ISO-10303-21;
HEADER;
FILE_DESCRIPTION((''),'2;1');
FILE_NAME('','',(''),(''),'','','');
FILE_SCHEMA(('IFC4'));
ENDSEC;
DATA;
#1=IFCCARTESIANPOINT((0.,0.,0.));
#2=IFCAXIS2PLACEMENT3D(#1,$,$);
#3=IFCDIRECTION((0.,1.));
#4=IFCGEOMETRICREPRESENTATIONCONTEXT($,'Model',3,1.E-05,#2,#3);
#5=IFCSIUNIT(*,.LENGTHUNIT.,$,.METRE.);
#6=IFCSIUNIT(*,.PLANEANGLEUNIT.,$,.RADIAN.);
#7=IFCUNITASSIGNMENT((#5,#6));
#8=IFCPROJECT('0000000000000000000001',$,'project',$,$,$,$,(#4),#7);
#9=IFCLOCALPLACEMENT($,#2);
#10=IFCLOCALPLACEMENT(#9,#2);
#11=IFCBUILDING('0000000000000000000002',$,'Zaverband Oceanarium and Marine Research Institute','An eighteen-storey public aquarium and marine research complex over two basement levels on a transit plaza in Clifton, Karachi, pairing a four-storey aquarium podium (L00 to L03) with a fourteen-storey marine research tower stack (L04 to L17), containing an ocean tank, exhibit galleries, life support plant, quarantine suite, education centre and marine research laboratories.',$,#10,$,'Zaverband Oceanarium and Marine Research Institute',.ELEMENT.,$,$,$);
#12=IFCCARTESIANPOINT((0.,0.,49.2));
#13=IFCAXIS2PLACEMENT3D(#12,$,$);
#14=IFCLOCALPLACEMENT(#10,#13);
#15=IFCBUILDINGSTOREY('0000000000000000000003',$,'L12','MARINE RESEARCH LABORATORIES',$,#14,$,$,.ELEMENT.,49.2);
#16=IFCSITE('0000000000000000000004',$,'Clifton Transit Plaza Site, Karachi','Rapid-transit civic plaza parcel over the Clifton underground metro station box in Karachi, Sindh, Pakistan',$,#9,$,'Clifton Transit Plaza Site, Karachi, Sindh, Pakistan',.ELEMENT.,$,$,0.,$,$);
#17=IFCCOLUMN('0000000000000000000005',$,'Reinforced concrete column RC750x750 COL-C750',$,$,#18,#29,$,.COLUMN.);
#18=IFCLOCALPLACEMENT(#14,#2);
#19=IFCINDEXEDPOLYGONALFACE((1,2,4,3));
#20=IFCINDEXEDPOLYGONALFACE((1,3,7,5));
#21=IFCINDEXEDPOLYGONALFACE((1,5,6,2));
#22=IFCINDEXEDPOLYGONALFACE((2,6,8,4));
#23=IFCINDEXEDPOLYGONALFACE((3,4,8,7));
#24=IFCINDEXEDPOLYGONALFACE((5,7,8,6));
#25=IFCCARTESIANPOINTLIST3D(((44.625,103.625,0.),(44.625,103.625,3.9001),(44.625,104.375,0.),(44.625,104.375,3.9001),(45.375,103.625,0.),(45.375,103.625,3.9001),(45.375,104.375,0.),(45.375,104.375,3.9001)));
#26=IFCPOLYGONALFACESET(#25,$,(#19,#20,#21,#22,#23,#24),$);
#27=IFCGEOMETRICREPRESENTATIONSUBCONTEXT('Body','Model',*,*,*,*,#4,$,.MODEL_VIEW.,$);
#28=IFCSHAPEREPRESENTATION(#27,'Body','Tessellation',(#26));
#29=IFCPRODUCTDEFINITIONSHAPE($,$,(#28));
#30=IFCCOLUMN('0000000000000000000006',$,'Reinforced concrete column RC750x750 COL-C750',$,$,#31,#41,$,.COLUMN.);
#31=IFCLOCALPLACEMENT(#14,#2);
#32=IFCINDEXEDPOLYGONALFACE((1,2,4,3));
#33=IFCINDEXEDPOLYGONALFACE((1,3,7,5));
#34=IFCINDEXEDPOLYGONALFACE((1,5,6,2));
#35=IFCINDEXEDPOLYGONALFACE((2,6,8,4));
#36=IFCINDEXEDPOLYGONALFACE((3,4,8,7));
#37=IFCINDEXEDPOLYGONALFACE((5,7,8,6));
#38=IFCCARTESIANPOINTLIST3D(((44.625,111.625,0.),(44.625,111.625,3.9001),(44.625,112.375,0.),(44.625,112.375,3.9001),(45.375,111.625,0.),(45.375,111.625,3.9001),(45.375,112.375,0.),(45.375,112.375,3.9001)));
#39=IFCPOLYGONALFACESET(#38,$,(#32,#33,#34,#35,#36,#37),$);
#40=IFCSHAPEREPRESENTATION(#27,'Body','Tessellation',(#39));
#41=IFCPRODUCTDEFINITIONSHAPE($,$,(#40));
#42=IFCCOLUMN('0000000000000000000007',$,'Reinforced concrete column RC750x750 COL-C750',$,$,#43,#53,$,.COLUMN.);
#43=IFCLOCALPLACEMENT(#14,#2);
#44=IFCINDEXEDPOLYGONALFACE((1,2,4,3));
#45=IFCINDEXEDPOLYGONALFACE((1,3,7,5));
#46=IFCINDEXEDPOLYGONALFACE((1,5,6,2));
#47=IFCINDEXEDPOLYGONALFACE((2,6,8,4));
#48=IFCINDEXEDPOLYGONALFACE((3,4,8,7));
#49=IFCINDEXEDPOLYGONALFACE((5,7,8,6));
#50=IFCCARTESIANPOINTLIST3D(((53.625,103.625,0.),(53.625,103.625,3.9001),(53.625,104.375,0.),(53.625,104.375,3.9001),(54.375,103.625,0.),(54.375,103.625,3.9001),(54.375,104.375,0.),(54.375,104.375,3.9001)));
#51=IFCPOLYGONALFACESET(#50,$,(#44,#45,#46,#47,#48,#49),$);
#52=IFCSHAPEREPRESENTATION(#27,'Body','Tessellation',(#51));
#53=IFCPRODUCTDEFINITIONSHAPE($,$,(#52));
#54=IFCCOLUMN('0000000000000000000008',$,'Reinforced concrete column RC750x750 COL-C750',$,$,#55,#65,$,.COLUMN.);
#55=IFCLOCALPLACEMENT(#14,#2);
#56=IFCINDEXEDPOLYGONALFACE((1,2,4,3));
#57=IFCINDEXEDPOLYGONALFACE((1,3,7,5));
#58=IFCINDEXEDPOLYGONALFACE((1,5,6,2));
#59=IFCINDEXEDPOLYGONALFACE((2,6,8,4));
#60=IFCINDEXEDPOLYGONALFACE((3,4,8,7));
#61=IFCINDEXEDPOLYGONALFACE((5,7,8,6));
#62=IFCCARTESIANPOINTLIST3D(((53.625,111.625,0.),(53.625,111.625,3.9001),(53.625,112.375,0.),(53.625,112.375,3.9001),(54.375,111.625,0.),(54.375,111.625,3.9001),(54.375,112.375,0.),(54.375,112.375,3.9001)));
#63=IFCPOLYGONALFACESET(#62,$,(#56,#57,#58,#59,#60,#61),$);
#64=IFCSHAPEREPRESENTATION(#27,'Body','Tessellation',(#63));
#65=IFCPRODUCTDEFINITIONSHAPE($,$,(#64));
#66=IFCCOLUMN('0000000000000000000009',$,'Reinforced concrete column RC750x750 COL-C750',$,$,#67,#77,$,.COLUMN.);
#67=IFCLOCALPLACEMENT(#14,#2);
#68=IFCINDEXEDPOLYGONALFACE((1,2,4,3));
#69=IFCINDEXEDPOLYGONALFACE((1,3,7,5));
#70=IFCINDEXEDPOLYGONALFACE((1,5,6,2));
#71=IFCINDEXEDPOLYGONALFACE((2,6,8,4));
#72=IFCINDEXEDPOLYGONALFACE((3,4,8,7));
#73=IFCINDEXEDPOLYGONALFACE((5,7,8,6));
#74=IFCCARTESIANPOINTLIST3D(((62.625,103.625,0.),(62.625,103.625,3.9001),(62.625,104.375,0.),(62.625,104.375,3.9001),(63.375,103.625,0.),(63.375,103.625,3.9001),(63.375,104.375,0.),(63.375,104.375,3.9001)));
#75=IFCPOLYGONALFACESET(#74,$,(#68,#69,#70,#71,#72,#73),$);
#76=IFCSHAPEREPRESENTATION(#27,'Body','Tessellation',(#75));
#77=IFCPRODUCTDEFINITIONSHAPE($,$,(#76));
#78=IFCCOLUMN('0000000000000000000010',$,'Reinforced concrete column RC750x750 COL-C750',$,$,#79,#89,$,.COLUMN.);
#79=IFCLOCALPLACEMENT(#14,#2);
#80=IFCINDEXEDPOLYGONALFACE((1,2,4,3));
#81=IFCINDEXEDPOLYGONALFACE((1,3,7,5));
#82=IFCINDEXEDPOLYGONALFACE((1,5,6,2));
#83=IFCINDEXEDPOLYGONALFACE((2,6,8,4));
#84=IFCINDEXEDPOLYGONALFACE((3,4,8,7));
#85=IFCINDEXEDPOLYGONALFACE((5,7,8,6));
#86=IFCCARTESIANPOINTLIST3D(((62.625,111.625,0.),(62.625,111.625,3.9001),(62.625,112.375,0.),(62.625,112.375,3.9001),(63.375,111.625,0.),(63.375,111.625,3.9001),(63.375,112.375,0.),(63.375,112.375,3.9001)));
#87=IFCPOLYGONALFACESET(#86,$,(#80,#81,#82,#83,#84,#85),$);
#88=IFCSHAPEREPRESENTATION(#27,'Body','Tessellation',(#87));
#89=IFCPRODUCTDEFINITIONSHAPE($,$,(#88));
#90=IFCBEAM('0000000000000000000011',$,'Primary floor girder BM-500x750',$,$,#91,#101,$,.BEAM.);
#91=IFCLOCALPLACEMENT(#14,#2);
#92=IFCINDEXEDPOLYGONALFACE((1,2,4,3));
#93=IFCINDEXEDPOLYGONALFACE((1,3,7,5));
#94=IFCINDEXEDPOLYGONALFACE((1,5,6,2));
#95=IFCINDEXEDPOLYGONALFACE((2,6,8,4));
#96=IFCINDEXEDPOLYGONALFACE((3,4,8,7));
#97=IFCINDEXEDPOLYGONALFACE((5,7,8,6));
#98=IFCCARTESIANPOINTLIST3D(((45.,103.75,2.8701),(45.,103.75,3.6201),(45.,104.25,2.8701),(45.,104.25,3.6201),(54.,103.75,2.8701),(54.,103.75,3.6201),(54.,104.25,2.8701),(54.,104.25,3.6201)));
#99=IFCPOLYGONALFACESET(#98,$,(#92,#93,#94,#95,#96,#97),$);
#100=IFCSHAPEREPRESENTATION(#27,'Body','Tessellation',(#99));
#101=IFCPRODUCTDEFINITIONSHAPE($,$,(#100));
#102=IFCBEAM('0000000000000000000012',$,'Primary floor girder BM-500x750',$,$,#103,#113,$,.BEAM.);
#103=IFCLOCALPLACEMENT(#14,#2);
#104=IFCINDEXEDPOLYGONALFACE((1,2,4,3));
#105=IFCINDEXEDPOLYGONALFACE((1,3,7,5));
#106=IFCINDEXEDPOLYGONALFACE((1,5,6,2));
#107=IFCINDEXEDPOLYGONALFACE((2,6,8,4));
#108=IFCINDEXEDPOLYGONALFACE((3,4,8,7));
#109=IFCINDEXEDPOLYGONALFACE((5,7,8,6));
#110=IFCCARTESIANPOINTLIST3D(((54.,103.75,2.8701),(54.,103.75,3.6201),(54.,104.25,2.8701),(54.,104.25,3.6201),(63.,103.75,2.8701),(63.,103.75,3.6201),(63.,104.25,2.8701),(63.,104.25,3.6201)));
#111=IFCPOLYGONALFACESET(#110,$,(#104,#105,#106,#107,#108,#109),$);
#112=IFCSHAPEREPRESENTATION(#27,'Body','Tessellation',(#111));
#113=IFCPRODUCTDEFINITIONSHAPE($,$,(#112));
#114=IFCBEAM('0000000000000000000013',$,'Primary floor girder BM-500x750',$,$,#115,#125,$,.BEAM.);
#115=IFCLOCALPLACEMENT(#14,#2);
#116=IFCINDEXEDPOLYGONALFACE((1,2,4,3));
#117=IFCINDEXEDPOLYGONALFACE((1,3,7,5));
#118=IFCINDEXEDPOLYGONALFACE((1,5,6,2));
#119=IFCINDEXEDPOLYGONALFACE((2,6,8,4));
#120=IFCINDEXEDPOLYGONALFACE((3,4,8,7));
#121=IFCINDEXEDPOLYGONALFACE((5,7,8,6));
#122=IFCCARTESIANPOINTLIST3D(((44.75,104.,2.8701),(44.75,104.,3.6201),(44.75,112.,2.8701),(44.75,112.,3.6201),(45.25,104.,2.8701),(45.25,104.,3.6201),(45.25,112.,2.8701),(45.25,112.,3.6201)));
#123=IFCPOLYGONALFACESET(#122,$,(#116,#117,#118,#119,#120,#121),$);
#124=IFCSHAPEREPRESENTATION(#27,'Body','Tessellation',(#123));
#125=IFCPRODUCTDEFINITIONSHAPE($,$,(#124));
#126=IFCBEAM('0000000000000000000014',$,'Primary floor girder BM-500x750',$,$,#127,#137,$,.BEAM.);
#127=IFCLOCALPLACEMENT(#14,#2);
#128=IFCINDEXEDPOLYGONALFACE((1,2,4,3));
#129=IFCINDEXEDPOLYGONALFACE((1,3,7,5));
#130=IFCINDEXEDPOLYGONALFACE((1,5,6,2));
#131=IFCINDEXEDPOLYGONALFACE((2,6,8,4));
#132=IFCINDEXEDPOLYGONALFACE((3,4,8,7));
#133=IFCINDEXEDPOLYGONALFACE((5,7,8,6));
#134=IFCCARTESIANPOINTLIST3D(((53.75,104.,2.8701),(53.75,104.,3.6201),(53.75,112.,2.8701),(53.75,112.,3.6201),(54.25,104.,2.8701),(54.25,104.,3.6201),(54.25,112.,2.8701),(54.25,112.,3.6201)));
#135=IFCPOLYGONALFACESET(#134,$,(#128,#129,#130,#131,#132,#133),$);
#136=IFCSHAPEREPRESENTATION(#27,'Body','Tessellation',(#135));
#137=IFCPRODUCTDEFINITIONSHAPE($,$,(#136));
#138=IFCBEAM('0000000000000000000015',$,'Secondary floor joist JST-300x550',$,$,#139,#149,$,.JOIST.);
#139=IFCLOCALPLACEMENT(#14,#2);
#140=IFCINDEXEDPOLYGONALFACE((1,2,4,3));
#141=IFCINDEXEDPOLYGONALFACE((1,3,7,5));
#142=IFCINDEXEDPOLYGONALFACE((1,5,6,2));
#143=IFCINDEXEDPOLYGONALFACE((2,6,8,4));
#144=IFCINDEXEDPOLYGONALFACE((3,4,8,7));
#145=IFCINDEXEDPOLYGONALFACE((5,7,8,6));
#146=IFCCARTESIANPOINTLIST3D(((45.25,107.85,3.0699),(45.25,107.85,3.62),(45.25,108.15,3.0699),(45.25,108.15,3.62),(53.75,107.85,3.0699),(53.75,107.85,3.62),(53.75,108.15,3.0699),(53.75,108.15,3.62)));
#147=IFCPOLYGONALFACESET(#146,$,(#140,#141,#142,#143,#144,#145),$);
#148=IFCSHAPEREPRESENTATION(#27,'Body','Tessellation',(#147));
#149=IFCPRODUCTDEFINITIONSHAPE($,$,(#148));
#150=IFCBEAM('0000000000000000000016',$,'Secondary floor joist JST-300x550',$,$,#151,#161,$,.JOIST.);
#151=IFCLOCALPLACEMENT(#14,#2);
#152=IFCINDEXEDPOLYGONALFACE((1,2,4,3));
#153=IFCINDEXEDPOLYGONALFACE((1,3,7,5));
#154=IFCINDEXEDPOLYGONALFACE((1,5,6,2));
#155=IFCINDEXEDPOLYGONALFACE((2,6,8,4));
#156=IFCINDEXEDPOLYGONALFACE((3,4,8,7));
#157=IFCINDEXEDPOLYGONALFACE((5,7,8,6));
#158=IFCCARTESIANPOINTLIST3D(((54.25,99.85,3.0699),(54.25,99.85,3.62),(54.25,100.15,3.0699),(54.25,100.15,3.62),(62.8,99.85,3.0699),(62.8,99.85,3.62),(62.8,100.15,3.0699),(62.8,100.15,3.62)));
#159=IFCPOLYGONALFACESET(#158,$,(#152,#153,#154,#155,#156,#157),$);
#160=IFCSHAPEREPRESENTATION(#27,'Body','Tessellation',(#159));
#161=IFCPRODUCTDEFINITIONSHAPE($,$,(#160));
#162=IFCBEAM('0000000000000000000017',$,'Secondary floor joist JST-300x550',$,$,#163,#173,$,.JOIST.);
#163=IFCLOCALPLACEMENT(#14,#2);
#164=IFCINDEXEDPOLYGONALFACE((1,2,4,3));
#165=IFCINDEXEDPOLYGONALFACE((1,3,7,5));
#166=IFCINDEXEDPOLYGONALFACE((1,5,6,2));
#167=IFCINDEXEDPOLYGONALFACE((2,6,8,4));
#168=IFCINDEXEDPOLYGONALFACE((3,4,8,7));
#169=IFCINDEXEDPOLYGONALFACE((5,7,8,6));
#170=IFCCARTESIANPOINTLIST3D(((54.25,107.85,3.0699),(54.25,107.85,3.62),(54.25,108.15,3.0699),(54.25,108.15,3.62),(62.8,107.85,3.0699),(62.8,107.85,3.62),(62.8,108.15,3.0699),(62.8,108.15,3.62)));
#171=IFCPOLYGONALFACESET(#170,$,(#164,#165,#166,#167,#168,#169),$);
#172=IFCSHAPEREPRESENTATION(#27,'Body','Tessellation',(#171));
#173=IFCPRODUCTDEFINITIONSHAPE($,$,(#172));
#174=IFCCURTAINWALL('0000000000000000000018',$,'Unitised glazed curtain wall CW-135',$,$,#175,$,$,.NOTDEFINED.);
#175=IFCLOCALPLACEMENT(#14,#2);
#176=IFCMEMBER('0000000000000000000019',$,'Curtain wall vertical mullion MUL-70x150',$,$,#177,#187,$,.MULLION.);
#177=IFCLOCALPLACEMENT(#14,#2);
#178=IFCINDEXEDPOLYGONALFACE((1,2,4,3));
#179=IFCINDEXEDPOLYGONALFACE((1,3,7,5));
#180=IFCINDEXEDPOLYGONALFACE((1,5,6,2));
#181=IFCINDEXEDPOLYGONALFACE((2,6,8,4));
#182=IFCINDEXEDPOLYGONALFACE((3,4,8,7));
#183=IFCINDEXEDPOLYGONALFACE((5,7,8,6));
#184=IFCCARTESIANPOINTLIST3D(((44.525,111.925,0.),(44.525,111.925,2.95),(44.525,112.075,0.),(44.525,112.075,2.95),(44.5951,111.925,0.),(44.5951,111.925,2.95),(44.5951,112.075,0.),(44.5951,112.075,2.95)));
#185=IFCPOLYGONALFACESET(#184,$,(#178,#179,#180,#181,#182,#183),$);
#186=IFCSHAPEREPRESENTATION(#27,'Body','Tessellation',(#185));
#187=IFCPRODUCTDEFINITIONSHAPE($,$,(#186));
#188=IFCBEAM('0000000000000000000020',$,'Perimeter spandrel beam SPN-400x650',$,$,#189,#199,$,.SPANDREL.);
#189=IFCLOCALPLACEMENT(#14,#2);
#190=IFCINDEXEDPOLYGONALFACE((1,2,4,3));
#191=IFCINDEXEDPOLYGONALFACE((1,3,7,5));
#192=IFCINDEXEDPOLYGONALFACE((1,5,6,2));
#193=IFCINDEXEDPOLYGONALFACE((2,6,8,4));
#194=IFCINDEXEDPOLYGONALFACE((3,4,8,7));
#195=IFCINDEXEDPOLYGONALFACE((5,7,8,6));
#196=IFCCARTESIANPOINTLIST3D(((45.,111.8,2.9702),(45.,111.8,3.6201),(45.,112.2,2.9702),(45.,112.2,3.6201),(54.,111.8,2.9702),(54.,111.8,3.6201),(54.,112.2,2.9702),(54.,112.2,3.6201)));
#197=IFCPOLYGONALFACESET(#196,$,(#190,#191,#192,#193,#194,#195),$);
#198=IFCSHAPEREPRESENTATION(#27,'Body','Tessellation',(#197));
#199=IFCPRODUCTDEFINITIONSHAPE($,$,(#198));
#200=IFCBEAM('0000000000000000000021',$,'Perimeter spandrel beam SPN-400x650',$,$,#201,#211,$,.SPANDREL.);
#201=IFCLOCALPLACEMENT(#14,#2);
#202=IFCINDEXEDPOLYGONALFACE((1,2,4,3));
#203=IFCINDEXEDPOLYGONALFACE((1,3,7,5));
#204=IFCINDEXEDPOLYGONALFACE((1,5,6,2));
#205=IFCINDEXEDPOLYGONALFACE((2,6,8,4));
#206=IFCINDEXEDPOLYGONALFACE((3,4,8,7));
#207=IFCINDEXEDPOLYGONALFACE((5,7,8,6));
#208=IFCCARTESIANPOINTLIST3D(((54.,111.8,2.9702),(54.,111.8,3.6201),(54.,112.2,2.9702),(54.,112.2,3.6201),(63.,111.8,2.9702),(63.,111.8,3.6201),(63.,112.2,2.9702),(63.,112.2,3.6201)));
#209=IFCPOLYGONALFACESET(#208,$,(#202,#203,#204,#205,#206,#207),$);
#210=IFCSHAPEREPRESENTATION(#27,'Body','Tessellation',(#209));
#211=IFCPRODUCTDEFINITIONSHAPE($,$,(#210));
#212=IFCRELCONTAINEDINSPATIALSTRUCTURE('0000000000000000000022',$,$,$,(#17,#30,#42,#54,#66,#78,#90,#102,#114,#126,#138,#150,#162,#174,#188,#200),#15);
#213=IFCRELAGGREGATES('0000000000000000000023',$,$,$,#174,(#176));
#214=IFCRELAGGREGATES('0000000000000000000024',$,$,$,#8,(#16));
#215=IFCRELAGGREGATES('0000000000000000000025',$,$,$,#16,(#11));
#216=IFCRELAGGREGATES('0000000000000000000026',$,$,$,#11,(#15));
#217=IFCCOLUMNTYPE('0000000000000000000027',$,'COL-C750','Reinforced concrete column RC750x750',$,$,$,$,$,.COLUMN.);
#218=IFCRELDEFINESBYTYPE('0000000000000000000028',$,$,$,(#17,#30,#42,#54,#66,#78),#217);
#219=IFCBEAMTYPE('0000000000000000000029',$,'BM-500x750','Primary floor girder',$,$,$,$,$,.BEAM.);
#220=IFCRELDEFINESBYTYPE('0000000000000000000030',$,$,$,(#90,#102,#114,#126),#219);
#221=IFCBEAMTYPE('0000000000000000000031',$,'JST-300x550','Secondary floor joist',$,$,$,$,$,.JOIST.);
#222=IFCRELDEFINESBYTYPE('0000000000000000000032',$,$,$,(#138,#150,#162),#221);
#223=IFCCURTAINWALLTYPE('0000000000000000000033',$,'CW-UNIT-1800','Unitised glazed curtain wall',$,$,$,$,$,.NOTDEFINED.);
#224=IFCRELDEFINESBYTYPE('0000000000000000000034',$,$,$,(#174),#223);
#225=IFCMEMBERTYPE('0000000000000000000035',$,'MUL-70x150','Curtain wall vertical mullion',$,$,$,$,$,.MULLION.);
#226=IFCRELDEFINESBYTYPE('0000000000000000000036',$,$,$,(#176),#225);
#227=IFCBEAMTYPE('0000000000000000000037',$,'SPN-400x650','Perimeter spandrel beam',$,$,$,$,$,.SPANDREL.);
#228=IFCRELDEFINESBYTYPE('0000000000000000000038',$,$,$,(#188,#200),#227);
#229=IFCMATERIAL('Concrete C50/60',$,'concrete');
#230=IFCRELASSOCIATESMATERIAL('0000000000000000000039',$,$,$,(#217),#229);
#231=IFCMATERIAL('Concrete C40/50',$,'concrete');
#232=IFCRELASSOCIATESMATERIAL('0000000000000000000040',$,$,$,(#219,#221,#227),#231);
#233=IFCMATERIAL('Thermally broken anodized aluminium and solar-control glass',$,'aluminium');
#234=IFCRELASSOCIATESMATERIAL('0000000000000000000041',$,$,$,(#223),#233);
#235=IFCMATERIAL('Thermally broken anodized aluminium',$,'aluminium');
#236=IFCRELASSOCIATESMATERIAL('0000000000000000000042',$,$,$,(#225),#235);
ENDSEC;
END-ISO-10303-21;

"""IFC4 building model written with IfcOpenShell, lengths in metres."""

from ifc_helpers import new_model, si_unit, direction, frame, origin, origin_2d, place, context, subcontext, project, spatial, rectangle, extrude, material, material_profile, profile_set, type_object, element, aggregate, save


model = new_model("IFC4")

# Units and contexts
model_context = context("Model", 3, precision=1e-05, world=origin(), true_north=direction((0.0, 1.0)))
body_context = subcontext(model_context, "Body", "Model", "MODEL_VIEW")
ifc_project = project(units=[si_unit("LENGTHUNIT", "METRE"), si_unit("PLANEANGLEUNIT", "RADIAN")], contexts=[model_context])

# Site, building, storey
site_placement = place(None, origin())
site = spatial("IfcSite", under=ifc_project, at=site_placement, Name="Clifton Transit Plaza Site, Karachi", Description="Rapid-transit civic plaza parcel over the Clifton underground metro station box in Karachi, Sindh, Pakistan", LongName="Clifton Transit Plaza Site, Karachi, Sindh, Pakistan", CompositionType="ELEMENT", RefElevation=0.0)
building_placement = place(site_placement, origin())
building = spatial("IfcBuilding", under=site, at=building_placement, Name="Zaverband Oceanarium and Marine Research Institute", Description="An eighteen-storey public aquarium and marine research complex over two basement levels on a transit plaza in Clifton, Karachi, pairing a four-storey aquarium podium (L00 to L03) with a fourteen-storey marine research tower stack (L04 to L17), containing an ocean tank, exhibit galleries, life support plant, quarantine suite, education centre and marine research laboratories.", LongName="Zaverband Oceanarium and Marine Research Institute", CompositionType="ELEMENT")
storey_placement = place(building_placement, frame((0.0, 0.0, 49.2)))
storey = spatial("IfcBuildingStorey", under=building, at=storey_placement, Name="L12", Description="MARINE RESEARCH LABORATORIES", CompositionType="ELEMENT", Elevation=49.2)

# Columns
ifc_material_1 = material(Name="Concrete C50/60", Category="concrete")
ifc_material_profile_1 = material_profile(ifc_material_1, rectangle(XDim=0.75, YDim=0.75, at=origin_2d()), Name="RC750x750")
ifc_profile_set_1 = profile_set([ifc_material_profile_1], Name="Concrete C50/60")
column_type = type_object("IfcColumnType", Name="COL-C750", Description="Reinforced concrete column RC750x750", PredefinedType="COLUMN", material=ifc_profile_set_1)
for number, where, z_axis, x_axis, name in (
    (1, (45.0, 104.0, 0.0), (0.0, 0.0, 1.0), (1.0, 0.0, 0.0), "Reinforced concrete column RC750x750 COL-C750"),
    (2, (45.0, 112.0, 0.0), (0.0, 0.0, 1.0), (1.0, 0.0, 0.0), "Reinforced concrete column RC750x750 COL-C750"),
    (3, (54.0, 104.0, 0.0), (0.0, 0.0, 1.0), (1.0, 0.0, 0.0), "Reinforced concrete column RC750x750 COL-C750"),
    (4, (54.0, 112.0, 0.0), (0.0, 0.0, 1.0), (1.0, 0.0, 0.0), "Reinforced concrete column RC750x750 COL-C750"),
    (5, (63.0, 104.0, 0.0), (0.0, 0.0, 1.0), (1.0, 0.0, 0.0), "Reinforced concrete column RC750x750 COL-C750"),
    (6, (63.0, 112.0, 0.0), (0.0, 0.0, 1.0), (1.0, 0.0, 0.0), "Reinforced concrete column RC750x750 COL-C750"),
):
    element("IfcColumn", number, at=place(storey_placement, frame(where, z_axis=z_axis, x_axis=x_axis)), inside=storey, type_object=column_type, Name=name, PredefinedType="COLUMN", context=body_context, shape_type="SweptSolid", body=[
        extrude(rectangle(XDim=0.75, YDim=0.75, at=origin_2d()), origin(), (0.0, 0.0, 1.0), 3.9001),
    ])

# Beams
ifc_material_2 = material(Name="Concrete C40/50", Category="concrete")
ifc_material_profile_2 = material_profile(ifc_material_2, rectangle(XDim=0.5, YDim=0.75, at=origin_2d()), Name="RC500x750")
ifc_profile_set_2 = profile_set([ifc_material_profile_2], Name="Concrete C40/50")
beam_type_1 = type_object("IfcBeamType", Name="BM-500x750", Description="Primary floor girder", PredefinedType="BEAM", material=ifc_profile_set_2)
for number, where, z_axis, x_axis, name in (
    (7, (45.0, 104.0, 3.2451), (1.0, 0.0, 0.0), (0.0, 1.0, 0.0), "Primary floor girder BM-500x750"),
    (8, (54.0, 104.0, 3.2451), (1.0, 0.0, 0.0), (0.0, 1.0, 0.0), "Primary floor girder BM-500x750"),
):
    element("IfcBeam", number, at=place(storey_placement, frame(where, z_axis=z_axis, x_axis=x_axis)), inside=storey, type_object=beam_type_1, Name=name, PredefinedType="BEAM", context=body_context, shape_type="SweptSolid", body=[
        extrude(rectangle(XDim=0.5, YDim=0.75, at=origin_2d()), origin(), (0.0, 0.0, 1.0), 9.0),
    ])
for number, where, z_axis, x_axis, name in (
    (9, (45.0, 104.0, 3.2451), (0.0, 1.0, 0.0), (-1.0, 0.0, 0.0), "Primary floor girder BM-500x750"),
    (10, (54.0, 104.0, 3.2451), (0.0, 1.0, 0.0), (-1.0, 0.0, 0.0), "Primary floor girder BM-500x750"),
):
    element("IfcBeam", number, at=place(storey_placement, frame(where, z_axis=z_axis, x_axis=x_axis)), inside=storey, type_object=beam_type_1, Name=name, PredefinedType="BEAM", context=body_context, shape_type="SweptSolid", body=[
        extrude(rectangle(XDim=0.5, YDim=0.75, at=origin_2d()), origin(), (0.0, 0.0, 1.0), 8.0),
    ])
ifc_material_profile_3 = material_profile(ifc_material_2, rectangle(XDim=0.3, YDim=0.55, at=origin_2d()), Name="RC300x550")
ifc_profile_set_3 = profile_set([ifc_material_profile_3], Name="Concrete C40/50")
beam_type_2 = type_object("IfcBeamType", Name="JST-300x550", Description="Secondary floor joist", PredefinedType="JOIST", material=ifc_profile_set_3)
beam_1_placement = place(storey_placement, frame((45.25, 108.0, 3.345), z_axis=(1.0, 0.0, 0.0), x_axis=(0.0, 1.0, 0.0)))
element("IfcBeam", 11, at=beam_1_placement, inside=storey, type_object=beam_type_2, Name="Secondary floor joist JST-300x550", PredefinedType="JOIST", context=body_context, shape_type="SweptSolid", body=[
    extrude(rectangle(XDim=0.3, YDim=0.55, at=origin_2d()), origin(), (0.0, 0.0, 1.0), 8.5),
])
for number, where, z_axis, x_axis, name in (
    (12, (54.25, 100.0, 3.345), (1.0, 0.0, 0.0), (0.0, 1.0, 0.0), "Secondary floor joist JST-300x550"),
    (13, (54.25, 108.0, 3.345), (1.0, 0.0, 0.0), (0.0, 1.0, 0.0), "Secondary floor joist JST-300x550"),
):
    element("IfcBeam", number, at=place(storey_placement, frame(where, z_axis=z_axis, x_axis=x_axis)), inside=storey, type_object=beam_type_2, Name=name, PredefinedType="JOIST", context=body_context, shape_type="SweptSolid", body=[
        extrude(rectangle(XDim=0.3, YDim=0.55, at=origin_2d()), origin(), (0.0, 0.0, 1.0), 8.55),
    ])

# Curtain wall, member
ifc_material_3 = material(Name="Thermally broken anodized aluminium and solar-control glass", Category="aluminium")
curtain_wall_type = type_object("IfcCurtainWallType", Name="CW-UNIT-1800", Description="Unitised glazed curtain wall", PredefinedType="NOTDEFINED", material=ifc_material_3)
curtain_wall_placement = place(storey_placement, origin())
curtain_wall = element("IfcCurtainWall", 14, at=curtain_wall_placement, inside=storey, type_object=curtain_wall_type, Name="Unitised glazed curtain wall CW-135", PredefinedType="NOTDEFINED")
ifc_material_4 = material(Name="Thermally broken anodized aluminium", Category="aluminium")
ifc_material_profile_4 = material_profile(ifc_material_4, rectangle(XDim=0.0701, YDim=0.1499, at=origin_2d()), Name="AL-MUL-70x150")
ifc_profile_set_4 = profile_set([ifc_material_profile_4], Name="Thermally broken anodized aluminium")
member_type = type_object("IfcMemberType", Name="MUL-70x150", Description="Curtain wall vertical mullion", PredefinedType="MULLION", material=ifc_profile_set_4)
member_placement = place(storey_placement, frame((44.5601, 112.0, 0.0), z_axis=(0.0, 0.0, 1.0), x_axis=(1.0, 0.0, 0.0)))
member = element("IfcMember", 15, at=member_placement, type_object=member_type, Name="Curtain wall vertical mullion MUL-70x150", PredefinedType="MULLION", context=body_context, shape_type="SweptSolid", body=[
    extrude(rectangle(XDim=0.0701, YDim=0.1499, at=origin_2d()), origin(), (0.0, 0.0, 1.0), 2.95),
])
aggregate(curtain_wall, [member])

# Beams
ifc_material_profile_5 = material_profile(ifc_material_2, rectangle(XDim=0.3999, YDim=0.6499, at=origin_2d()), Name="RC400x650")
ifc_profile_set_5 = profile_set([ifc_material_profile_5], Name="Concrete C40/50")
beam_type_3 = type_object("IfcBeamType", Name="SPN-400x650", Description="Perimeter spandrel beam", PredefinedType="SPANDREL", material=ifc_profile_set_5)
for number, where, z_axis, x_axis, name in (
    (16, (45.0, 112.0, 3.2952), (1.0, 0.0, 0.0), (0.0, 1.0, 0.0), "Perimeter spandrel beam SPN-400x650"),
    (17, (54.0, 112.0, 3.2952), (1.0, 0.0, 0.0), (0.0, 1.0, 0.0), "Perimeter spandrel beam SPN-400x650"),
):
    element("IfcBeam", number, at=place(storey_placement, frame(where, z_axis=z_axis, x_axis=x_axis)), inside=storey, type_object=beam_type_3, Name=name, PredefinedType="SPANDREL", context=body_context, shape_type="SweptSolid", body=[
        extrude(rectangle(XDim=0.3999, YDim=0.6499, at=origin_2d()), origin(), (0.0, 0.0, 1.0), 9.0),
    ])

save(model, "model.ifc")
